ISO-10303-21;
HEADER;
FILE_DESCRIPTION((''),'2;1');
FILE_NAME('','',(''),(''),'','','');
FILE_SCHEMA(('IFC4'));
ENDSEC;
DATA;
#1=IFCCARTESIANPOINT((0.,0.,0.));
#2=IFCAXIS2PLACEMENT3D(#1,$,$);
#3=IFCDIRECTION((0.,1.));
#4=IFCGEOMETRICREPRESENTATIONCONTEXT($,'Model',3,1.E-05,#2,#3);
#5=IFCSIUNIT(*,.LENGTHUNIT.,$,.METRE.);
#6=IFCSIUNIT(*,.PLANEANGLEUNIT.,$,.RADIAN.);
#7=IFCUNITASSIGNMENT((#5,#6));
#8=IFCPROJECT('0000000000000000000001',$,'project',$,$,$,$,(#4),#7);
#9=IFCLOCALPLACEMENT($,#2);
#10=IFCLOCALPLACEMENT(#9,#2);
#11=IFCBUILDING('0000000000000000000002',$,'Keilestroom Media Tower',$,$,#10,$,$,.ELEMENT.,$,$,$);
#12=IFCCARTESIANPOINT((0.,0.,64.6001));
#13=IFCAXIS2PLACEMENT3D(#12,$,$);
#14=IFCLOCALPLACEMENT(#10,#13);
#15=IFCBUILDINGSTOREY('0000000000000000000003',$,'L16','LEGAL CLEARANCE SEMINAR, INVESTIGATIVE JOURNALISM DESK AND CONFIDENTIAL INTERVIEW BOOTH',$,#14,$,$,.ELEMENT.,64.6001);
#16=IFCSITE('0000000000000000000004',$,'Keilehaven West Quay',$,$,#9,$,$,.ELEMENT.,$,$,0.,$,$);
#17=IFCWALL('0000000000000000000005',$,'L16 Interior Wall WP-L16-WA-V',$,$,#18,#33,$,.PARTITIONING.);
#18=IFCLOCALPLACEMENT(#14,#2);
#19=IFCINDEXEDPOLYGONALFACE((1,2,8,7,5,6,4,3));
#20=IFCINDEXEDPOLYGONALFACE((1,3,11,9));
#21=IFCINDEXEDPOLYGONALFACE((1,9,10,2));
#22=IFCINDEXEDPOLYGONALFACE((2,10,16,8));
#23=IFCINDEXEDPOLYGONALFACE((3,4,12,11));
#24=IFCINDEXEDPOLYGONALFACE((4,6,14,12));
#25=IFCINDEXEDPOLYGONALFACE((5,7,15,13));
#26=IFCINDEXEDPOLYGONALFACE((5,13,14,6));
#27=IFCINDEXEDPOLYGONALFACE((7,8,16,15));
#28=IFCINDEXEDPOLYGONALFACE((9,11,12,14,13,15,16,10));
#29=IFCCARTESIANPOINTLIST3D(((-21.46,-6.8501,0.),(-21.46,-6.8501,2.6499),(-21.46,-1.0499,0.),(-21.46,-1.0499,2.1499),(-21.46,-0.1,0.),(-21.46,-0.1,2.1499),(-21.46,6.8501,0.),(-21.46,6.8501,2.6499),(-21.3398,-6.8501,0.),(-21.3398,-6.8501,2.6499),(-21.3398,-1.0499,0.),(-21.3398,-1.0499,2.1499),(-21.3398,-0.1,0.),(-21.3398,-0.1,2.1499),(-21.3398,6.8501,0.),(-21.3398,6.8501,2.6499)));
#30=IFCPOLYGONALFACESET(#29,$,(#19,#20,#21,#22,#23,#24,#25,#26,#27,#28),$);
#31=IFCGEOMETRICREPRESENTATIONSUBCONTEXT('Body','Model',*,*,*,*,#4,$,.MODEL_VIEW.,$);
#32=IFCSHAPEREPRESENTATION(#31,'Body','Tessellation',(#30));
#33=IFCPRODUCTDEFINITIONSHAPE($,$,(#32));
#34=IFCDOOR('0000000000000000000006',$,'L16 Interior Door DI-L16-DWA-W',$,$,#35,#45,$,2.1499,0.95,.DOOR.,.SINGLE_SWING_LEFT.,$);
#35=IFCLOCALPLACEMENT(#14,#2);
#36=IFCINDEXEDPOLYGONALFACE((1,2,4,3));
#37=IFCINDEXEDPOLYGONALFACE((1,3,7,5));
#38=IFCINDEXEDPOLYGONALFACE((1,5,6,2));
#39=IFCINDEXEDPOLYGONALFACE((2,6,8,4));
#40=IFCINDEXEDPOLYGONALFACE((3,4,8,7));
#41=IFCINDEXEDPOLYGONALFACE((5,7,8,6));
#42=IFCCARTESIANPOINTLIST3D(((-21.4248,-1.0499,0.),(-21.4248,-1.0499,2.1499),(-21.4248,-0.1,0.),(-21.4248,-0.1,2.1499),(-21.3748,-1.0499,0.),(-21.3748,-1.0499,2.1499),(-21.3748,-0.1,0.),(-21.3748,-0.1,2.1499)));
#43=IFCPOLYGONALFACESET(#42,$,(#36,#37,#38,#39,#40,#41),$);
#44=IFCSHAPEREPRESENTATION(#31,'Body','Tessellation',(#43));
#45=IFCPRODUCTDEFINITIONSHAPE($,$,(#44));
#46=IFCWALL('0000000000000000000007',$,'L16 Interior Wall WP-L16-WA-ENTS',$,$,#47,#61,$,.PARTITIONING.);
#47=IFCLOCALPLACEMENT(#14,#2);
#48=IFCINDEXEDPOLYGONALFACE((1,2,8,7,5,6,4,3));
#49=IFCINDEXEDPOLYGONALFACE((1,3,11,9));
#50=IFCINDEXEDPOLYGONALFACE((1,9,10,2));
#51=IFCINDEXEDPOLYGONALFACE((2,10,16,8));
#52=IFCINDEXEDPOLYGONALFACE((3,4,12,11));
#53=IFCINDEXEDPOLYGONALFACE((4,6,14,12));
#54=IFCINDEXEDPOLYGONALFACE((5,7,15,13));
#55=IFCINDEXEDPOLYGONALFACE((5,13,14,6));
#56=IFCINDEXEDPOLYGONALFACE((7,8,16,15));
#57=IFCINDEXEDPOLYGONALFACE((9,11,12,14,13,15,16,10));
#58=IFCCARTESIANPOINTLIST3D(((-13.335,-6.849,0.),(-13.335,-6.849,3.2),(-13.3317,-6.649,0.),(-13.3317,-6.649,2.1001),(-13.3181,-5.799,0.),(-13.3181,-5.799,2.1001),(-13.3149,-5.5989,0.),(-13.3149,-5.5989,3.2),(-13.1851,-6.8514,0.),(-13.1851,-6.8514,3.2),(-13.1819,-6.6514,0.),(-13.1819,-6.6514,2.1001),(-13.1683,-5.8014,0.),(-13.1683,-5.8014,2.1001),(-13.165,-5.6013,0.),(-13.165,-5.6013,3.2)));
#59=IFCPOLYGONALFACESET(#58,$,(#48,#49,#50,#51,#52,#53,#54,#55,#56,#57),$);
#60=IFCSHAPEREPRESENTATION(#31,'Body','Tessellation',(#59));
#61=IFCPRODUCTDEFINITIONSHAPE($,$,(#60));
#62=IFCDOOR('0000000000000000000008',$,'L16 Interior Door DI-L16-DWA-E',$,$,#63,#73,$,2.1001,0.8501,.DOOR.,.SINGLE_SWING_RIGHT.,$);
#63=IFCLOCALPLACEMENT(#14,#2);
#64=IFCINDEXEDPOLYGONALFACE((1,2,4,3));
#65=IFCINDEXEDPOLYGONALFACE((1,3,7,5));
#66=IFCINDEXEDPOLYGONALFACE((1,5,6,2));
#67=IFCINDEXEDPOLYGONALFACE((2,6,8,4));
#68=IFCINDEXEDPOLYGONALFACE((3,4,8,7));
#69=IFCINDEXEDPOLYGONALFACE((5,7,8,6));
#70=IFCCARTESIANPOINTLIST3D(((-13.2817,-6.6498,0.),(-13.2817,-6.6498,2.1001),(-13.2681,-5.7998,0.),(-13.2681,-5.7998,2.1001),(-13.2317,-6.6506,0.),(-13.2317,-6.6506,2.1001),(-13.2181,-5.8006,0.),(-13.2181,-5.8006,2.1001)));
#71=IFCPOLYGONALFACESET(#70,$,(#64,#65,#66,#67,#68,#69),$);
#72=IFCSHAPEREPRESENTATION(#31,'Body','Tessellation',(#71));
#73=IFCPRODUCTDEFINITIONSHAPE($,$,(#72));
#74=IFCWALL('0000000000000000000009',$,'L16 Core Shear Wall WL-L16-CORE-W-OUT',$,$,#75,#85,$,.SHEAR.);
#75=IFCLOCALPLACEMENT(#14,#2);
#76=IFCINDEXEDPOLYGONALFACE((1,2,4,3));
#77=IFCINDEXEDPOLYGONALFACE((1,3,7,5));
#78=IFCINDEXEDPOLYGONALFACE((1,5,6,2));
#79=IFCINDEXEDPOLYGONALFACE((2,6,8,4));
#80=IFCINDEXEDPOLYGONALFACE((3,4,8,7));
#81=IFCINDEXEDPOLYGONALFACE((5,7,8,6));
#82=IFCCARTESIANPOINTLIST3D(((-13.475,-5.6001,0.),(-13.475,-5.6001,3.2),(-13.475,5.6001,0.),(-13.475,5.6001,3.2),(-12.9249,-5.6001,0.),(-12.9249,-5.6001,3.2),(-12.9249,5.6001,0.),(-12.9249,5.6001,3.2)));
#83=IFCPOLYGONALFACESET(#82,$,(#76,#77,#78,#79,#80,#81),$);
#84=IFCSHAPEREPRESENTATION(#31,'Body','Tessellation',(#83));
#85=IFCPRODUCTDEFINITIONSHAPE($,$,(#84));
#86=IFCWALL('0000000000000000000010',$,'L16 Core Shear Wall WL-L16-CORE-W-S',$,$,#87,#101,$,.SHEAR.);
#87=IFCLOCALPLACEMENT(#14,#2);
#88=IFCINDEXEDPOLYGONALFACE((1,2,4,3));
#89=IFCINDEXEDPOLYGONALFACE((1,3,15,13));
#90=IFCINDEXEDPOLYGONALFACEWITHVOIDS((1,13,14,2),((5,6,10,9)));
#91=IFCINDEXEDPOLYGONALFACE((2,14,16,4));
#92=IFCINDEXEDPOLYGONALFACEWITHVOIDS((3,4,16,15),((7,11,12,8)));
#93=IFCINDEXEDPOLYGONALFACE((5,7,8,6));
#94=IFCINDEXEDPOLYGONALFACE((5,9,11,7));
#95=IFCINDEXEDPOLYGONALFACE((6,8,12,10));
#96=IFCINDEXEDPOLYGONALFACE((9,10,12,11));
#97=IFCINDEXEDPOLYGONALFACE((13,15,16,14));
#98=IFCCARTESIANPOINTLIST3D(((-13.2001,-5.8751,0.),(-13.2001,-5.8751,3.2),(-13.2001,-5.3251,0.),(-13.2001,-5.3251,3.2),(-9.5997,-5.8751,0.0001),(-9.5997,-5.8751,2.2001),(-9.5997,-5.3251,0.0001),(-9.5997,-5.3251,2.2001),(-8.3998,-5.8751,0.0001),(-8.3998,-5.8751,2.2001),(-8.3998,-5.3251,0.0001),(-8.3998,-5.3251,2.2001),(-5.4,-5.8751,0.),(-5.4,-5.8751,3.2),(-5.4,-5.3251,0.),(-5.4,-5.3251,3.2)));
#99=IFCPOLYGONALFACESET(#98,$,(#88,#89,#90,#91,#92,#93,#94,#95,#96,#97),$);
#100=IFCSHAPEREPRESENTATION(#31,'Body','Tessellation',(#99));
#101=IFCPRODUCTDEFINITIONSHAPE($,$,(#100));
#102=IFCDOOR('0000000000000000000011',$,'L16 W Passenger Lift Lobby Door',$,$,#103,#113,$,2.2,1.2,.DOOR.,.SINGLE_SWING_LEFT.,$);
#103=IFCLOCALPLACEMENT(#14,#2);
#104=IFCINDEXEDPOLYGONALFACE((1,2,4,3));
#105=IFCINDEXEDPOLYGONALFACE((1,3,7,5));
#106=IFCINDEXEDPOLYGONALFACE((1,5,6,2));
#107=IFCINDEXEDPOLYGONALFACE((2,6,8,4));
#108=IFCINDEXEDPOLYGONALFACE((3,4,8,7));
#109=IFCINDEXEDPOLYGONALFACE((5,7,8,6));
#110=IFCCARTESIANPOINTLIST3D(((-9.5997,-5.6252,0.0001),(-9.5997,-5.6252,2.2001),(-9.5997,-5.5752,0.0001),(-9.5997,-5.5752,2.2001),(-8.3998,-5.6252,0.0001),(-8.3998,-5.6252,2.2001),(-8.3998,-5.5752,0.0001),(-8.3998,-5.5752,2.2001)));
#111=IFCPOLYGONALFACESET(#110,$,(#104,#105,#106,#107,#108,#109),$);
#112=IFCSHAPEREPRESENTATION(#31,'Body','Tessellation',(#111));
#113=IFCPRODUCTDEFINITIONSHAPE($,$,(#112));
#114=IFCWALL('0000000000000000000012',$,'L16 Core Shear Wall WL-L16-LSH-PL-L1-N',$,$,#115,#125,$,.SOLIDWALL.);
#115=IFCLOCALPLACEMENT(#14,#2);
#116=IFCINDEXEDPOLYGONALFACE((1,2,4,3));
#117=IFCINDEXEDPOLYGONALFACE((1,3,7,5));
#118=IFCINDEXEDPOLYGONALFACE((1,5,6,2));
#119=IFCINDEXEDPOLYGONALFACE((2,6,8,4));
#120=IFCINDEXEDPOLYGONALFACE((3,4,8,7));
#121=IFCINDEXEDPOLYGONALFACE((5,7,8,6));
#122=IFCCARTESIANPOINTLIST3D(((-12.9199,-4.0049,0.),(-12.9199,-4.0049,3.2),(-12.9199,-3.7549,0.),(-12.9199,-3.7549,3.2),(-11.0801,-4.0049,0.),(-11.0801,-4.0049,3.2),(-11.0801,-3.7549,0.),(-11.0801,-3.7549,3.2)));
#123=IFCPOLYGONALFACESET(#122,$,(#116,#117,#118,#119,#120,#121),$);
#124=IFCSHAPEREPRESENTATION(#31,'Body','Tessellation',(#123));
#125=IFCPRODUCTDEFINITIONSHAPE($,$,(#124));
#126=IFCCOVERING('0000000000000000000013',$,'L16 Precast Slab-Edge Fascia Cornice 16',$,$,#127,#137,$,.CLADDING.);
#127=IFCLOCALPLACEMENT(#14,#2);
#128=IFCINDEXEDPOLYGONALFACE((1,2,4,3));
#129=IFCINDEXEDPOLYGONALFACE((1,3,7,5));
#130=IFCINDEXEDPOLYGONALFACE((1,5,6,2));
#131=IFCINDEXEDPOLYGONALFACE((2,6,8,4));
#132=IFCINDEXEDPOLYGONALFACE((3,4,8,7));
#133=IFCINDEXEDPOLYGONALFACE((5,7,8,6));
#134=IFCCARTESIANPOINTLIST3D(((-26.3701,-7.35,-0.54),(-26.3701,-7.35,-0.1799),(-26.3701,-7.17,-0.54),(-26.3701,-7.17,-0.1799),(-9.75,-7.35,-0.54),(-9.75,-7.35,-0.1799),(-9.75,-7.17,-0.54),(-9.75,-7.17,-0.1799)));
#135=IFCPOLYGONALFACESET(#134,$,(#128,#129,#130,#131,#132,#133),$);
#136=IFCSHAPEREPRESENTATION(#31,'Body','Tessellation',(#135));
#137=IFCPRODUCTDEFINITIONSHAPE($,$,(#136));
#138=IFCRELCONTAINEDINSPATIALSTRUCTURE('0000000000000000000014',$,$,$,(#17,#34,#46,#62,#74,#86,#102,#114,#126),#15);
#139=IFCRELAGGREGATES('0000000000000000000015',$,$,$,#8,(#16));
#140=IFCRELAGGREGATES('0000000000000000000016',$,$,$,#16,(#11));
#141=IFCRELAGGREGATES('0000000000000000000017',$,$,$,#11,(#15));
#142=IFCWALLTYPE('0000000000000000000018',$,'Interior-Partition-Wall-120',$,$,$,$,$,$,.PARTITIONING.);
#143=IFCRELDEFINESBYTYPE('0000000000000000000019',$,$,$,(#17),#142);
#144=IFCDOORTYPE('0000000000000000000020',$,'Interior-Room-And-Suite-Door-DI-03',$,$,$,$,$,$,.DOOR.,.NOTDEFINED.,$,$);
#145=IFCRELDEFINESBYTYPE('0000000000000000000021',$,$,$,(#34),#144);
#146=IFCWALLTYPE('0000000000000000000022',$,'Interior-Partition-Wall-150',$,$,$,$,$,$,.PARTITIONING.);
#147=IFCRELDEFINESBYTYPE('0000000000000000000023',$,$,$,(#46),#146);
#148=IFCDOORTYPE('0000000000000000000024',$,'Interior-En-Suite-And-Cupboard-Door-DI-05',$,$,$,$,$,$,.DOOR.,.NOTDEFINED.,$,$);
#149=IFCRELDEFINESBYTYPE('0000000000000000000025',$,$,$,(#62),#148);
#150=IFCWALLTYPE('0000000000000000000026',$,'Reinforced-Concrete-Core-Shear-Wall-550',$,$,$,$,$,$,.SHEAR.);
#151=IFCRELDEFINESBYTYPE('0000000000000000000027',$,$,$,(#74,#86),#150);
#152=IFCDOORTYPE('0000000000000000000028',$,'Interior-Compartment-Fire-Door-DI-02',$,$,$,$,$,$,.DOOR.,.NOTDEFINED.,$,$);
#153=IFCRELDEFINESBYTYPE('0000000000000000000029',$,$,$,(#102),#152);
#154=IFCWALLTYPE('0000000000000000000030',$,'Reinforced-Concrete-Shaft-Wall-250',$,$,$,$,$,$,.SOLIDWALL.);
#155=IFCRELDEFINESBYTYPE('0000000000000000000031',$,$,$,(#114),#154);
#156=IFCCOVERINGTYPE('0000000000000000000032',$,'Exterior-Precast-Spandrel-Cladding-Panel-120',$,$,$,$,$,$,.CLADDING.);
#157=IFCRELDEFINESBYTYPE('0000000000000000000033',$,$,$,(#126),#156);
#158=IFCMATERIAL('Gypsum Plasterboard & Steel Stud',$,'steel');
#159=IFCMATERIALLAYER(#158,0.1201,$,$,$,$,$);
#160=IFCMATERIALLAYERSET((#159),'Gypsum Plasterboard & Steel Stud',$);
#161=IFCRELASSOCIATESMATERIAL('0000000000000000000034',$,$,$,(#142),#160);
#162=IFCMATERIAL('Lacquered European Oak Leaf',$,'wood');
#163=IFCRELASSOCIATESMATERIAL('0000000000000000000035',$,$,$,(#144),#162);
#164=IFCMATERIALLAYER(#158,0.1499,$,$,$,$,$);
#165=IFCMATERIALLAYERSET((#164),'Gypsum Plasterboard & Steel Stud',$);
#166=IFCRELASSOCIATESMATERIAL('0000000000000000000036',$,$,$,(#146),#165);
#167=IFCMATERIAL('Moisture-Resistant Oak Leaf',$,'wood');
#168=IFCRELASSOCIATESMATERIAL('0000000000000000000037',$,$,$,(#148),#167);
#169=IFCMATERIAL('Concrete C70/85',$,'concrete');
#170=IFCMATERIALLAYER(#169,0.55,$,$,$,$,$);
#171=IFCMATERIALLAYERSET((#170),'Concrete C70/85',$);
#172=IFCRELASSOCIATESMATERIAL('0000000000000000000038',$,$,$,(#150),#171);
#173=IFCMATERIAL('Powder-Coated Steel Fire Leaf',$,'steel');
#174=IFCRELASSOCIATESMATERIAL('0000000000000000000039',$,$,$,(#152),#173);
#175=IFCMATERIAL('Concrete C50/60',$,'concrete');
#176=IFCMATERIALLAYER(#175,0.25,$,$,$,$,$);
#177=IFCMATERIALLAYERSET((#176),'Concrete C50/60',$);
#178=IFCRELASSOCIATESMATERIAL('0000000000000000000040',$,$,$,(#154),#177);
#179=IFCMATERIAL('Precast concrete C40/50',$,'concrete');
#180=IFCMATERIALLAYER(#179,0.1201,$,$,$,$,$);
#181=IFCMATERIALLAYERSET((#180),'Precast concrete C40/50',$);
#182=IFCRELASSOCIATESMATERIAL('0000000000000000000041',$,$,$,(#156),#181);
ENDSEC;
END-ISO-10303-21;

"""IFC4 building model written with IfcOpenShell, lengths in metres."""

from ifc_helpers import new_model, si_unit, direction, frame, frame_2d, origin, origin_2d, place, context, subcontext, project, spatial, rectangle, extrude, source, transform, mapped, material, layer, layer_set, type_object, element, fill, save


model = new_model("IFC4")

# Units and contexts
model_context = context("Model", 3, precision=1e-05, world=origin(), true_north=direction((0.0, 1.0)))
body_context = subcontext(model_context, "Body", "Model", "MODEL_VIEW")
ifc_project = project(units=[si_unit("LENGTHUNIT", "METRE"), si_unit("PLANEANGLEUNIT", "RADIAN")], contexts=[model_context])

# Site, building, storey
site_placement = place(None, origin())
site = spatial("IfcSite", under=ifc_project, at=site_placement, Name="Keilehaven West Quay", CompositionType="ELEMENT", RefElevation=0.0)
building_placement = place(site_placement, origin())
building = spatial("IfcBuilding", under=site, at=building_placement, Name="Keilestroom Media Tower", CompositionType="ELEMENT")
storey_placement = place(building_placement, frame((0.0, 0.0, 64.6001)))
storey = spatial("IfcBuildingStorey", under=building, at=storey_placement, Name="L16", Description="LEGAL CLEARANCE SEMINAR, INVESTIGATIVE JOURNALISM DESK AND CONFIDENTIAL INTERVIEW BOOTH", CompositionType="ELEMENT", Elevation=64.6001)

# Shared definitions
ifc_material_1 = material(Name="Precast concrete C40/50", Category="concrete")

# Walls, openings, doors
ifc_material_2 = material(Name="Gypsum Plasterboard & Steel Stud", Category="steel")
ifc_layer_1 = layer(ifc_material_2, 0.1201)
ifc_layer_set_1 = layer_set([ifc_layer_1], Name="Gypsum Plasterboard & Steel Stud")
wall_type_1 = type_object("IfcWallType", Name="Interior-Partition-Wall-120", PredefinedType="PARTITIONING", material=ifc_layer_set_1)
wall_1_placement = place(storey_placement, frame((-21.3999, -6.8501, 0.0), z_axis=(0.0, 0.0, 1.0), x_axis=(0.0, 1.0, 0.0)))
wall_1 = element("IfcWall", 1, at=wall_1_placement, inside=storey, type_object=wall_type_1, Name="L16 Interior Wall WP-L16-WA-V", PredefinedType="PARTITIONING", context=body_context, shape_type="SweptSolid", body=[
    extrude(rectangle(XDim=13.7002, YDim=0.1201, at=frame_2d((6.8501, 0.0))), origin(), (0.0, 0.0, 1.0), 2.6499),
])
opening_1_placement = place(wall_1_placement, frame((5.8, 0.0, 0.0)))
opening_1 = element("IfcOpeningElement", 2, at=opening_1_placement, cuts=wall_1, PredefinedType="OPENING", context=body_context, shape_type="SweptSolid", body=[
    extrude(rectangle(XDim=0.95, YDim=2.1499, at=frame_2d((0.4751, 1.075))), frame((0.0, 0.0701, 0.0), z_axis=(0.0, -1.0, 0.0), x_axis=(1.0, 0.0, 0.0)), (0.0, 0.0, 1.0), 0.1401),
])
ifc_material_3 = material(Name="Lacquered European Oak Leaf", Category="wood")
door_type_1 = type_object("IfcDoorType", Name="Interior-Room-And-Suite-Door-DI-03", OperationType="NOTDEFINED", PredefinedType="DOOR", material=ifc_material_3)
shared_shape_1 = source(origin(), body_context, "Body", "SweptSolid", [
    extrude(rectangle(XDim=0.95, YDim=2.1499, at=frame_2d((0.4751, 1.075))), frame((0.0, 0.0249, 0.0), z_axis=(0.0, -1.0, 0.0), x_axis=(1.0, 0.0, 0.0)), (0.0, 0.0, 1.0), 0.05),
])
door_1_placement = place(opening_1_placement, origin())
door_1 = element("IfcDoor", 3, at=door_1_placement, inside=storey, type_object=door_type_1, Name="L16 Interior Door DI-L16-DWA-W", OperationType="SINGLE_SWING_LEFT", OverallHeight=2.1499, OverallWidth=0.95, PredefinedType="DOOR", context=body_context, shape_type="MappedRepresentation", body=[
    mapped(shared_shape_1, transform((0.0, 0.0, 0.0), x_axis=(1.0, 0.0, 0.0), y_axis=(0.0, 1.0, 0.0), z_axis=(0.0, 0.0, 1.0), scale=1.0)),
])
fill(opening_1, door_1)
ifc_layer_2 = layer(ifc_material_2, 0.1499)
ifc_layer_set_2 = layer_set([ifc_layer_2], Name="Gypsum Plasterboard & Steel Stud")
wall_type_2 = type_object("IfcWallType", Name="Interior-Partition-Wall-150", PredefinedType="PARTITIONING", material=ifc_layer_set_2)
wall_2_placement = place(storey_placement, frame((-13.26, -6.8501, 0.0), z_axis=(0.0, 0.0, 1.0), x_axis=(0.016014, 0.999872, 0.0)))
wall_2 = element("IfcWall", 4, at=wall_2_placement, inside=storey, type_object=wall_type_2, Name="L16 Interior Wall WP-L16-WA-ENTS", PredefinedType="PARTITIONING", context=body_context, shape_type="SweptSolid", body=[
    extrude(rectangle(XDim=1.2502, YDim=0.1499, at=frame_2d((0.625, 0.0))), origin(), (0.0, 0.0, 1.0), 3.2),
])
opening_2_placement = place(wall_2_placement, frame((0.2, 0.0, 0.0)))
opening_2 = element("IfcOpeningElement", 5, at=opening_2_placement, cuts=wall_2, PredefinedType="OPENING", context=body_context, shape_type="SweptSolid", body=[
    extrude(rectangle(XDim=0.8501, YDim=2.1001, at=frame_2d((0.425, 1.05))), frame((0.0, 0.085, 0.0), z_axis=(0.0, -1.0, 0.0), x_axis=(1.0, 0.0, 0.0)), (0.0, 0.0, 1.0), 0.1699),
])
ifc_material_4 = material(Name="Moisture-Resistant Oak Leaf", Category="wood")
door_type_2 = type_object("IfcDoorType", Name="Interior-En-Suite-And-Cupboard-Door-DI-05", OperationType="NOTDEFINED", PredefinedType="DOOR", material=ifc_material_4)
shared_shape_2 = source(origin(), body_context, "Body", "SweptSolid", [
    extrude(rectangle(XDim=0.8501, YDim=2.1001, at=frame_2d((0.425, 1.05))), frame((0.0, 0.0249, 0.0), z_axis=(0.0, -1.0, 0.0), x_axis=(1.0, 0.0, 0.0)), (0.0, 0.0, 1.0), 0.05),
])
door_2_placement = place(opening_2_placement, origin())
door_2 = element("IfcDoor", 6, at=door_2_placement, inside=storey, type_object=door_type_2, Name="L16 Interior Door DI-L16-DWA-E", OperationType="SINGLE_SWING_RIGHT", OverallHeight=2.1001, OverallWidth=0.8501, PredefinedType="DOOR", context=body_context, shape_type="MappedRepresentation", body=[
    mapped(shared_shape_2, transform((0.0, 0.0, 0.0), x_axis=(1.0, 0.0, 0.0), y_axis=(0.0, 1.0, 0.0), z_axis=(0.0, 0.0, 1.0), scale=1.0)),
])
fill(opening_2, door_2)

# Wall
ifc_material_5 = material(Name="Concrete C70/85", Category="concrete")
ifc_layer_3 = layer(ifc_material_5, 0.55)
ifc_layer_set_3 = layer_set([ifc_layer_3], Name="Concrete C70/85")
wall_type_3 = type_object("IfcWallType", Name="Reinforced-Concrete-Core-Shear-Wall-550", PredefinedType="SHEAR", material=ifc_layer_set_3)
wall_3_placement = place(storey_placement, frame((-13.2, -5.6001, 0.0), z_axis=(0.0, 0.0, 1.0), x_axis=(0.0, 1.0, 0.0)))
element("IfcWall", 7, at=wall_3_placement, inside=storey, type_object=wall_type_3, Name="L16 Core Shear Wall WL-L16-CORE-W-OUT", PredefinedType="SHEAR", context=body_context, shape_type="SweptSolid", body=[
    extrude(rectangle(XDim=11.2002, YDim=0.55, at=frame_2d((5.6001, 0.0))), origin(), (0.0, 0.0, 1.0), 3.2),
])

# Wall, opening, door
wall_4_placement = place(storey_placement, frame((-13.2, -5.6001, 0.0), z_axis=(0.0, 0.0, 1.0), x_axis=(1.0, 0.0, 0.0)))
wall_4 = element("IfcWall", 8, at=wall_4_placement, inside=storey, type_object=wall_type_3, Name="L16 Core Shear Wall WL-L16-CORE-W-S", PredefinedType="SHEAR", context=body_context, shape_type="SweptSolid", body=[
    extrude(rectangle(XDim=7.8, YDim=0.55, at=frame_2d((3.8999, 0.0))), origin(), (0.0, 0.0, 1.0), 3.2),
])
opening_3_placement = place(wall_4_placement, frame((3.6001, 0.0, 0.0)))
opening_3 = element("IfcOpeningElement", 9, at=opening_3_placement, cuts=wall_4, PredefinedType="OPENING", context=body_context, shape_type="SweptSolid", body=[
    extrude(rectangle(XDim=1.2, YDim=2.2, at=frame_2d((0.6001, 1.1001))), frame((0.0, 0.2852, 0.0), z_axis=(0.0, -1.0, 0.0), x_axis=(1.0, 0.0, 0.0)), (0.0, 0.0, 1.0), 0.5701),
])
ifc_material_6 = material(Name="Powder-Coated Steel Fire Leaf", Category="steel")
door_type_3 = type_object("IfcDoorType", Name="Interior-Compartment-Fire-Door-DI-02", OperationType="NOTDEFINED", PredefinedType="DOOR", material=ifc_material_6)
shared_shape_3 = source(origin(), body_context, "Body", "SweptSolid", [
    extrude(rectangle(XDim=1.2, YDim=2.2, at=frame_2d((0.6001, 1.1001))), frame((0.0, 0.0249, 0.0), z_axis=(0.0, -1.0, 0.0), x_axis=(1.0, 0.0, 0.0)), (0.0, 0.0, 1.0), 0.05),
])
door_3_placement = place(opening_3_placement, origin())
door_3 = element("IfcDoor", 10, at=door_3_placement, inside=storey, type_object=door_type_3, Name="L16 W Passenger Lift Lobby Door", OperationType="SINGLE_SWING_LEFT", OverallHeight=2.2, OverallWidth=1.2, PredefinedType="DOOR", context=body_context, shape_type="MappedRepresentation", body=[
    mapped(shared_shape_3, transform((0.0, 0.0, 0.0), x_axis=(1.0, 0.0, 0.0), y_axis=(0.0, 1.0, 0.0), z_axis=(0.0, 0.0, 1.0), scale=1.0)),
])
fill(opening_3, door_3)

# Wall
ifc_material_7 = material(Name="Concrete C50/60", Category="concrete")
ifc_layer_4 = layer(ifc_material_7, 0.25)
ifc_layer_set_4 = layer_set([ifc_layer_4], Name="Concrete C50/60")
wall_type_4 = type_object("IfcWallType", Name="Reinforced-Concrete-Shaft-Wall-250", PredefinedType="SOLIDWALL", material=ifc_layer_set_4)
wall_5_placement = place(storey_placement, frame((-12.9199, -3.8799, 0.0), z_axis=(0.0, 0.0, 1.0), x_axis=(1.0, 0.0, 0.0)))
element("IfcWall", 11, at=wall_5_placement, inside=storey, type_object=wall_type_4, Name="L16 Core Shear Wall WL-L16-LSH-PL-L1-N", PredefinedType="SOLIDWALL", context=body_context, shape_type="SweptSolid", body=[
    extrude(rectangle(XDim=1.8398, YDim=0.25, at=frame_2d((0.9199, 0.0))), origin(), (0.0, 0.0, 1.0), 3.2),
])

# Covering
ifc_layer_5 = layer(ifc_material_1, 0.1201)
ifc_layer_set_5 = layer_set([ifc_layer_5], Name="Precast concrete C40/50")
covering_type = type_object("IfcCoveringType", Name="Exterior-Precast-Spandrel-Cladding-Panel-120", PredefinedType="CLADDING", material=ifc_layer_set_5)
shared_shape_4 = source(origin(), body_context, "Body", "SweptSolid", [
    extrude(rectangle(XDim=16.6201, YDim=0.1799, at=origin_2d()), origin(), (0.0, 0.0, 1.0), 0.3601),
])
covering_placement = place(storey_placement, frame((-18.0601, -7.26, -0.54), z_axis=(0.0, 0.0, 1.0), x_axis=(-1.0, 0.0, 0.0)))
element("IfcCovering", 12, at=covering_placement, inside=storey, type_object=covering_type, Name="L16 Precast Slab-Edge Fascia Cornice 16", PredefinedType="CLADDING", context=body_context, shape_type="MappedRepresentation", body=[
    mapped(shared_shape_4, transform((0.0, 0.0, 0.0), x_axis=(1.0, 0.0, 0.0), y_axis=(0.0, 1.0, 0.0), z_axis=(0.0, 0.0, 1.0), scale=1.0)),
])

save(model, "model.ifc")
